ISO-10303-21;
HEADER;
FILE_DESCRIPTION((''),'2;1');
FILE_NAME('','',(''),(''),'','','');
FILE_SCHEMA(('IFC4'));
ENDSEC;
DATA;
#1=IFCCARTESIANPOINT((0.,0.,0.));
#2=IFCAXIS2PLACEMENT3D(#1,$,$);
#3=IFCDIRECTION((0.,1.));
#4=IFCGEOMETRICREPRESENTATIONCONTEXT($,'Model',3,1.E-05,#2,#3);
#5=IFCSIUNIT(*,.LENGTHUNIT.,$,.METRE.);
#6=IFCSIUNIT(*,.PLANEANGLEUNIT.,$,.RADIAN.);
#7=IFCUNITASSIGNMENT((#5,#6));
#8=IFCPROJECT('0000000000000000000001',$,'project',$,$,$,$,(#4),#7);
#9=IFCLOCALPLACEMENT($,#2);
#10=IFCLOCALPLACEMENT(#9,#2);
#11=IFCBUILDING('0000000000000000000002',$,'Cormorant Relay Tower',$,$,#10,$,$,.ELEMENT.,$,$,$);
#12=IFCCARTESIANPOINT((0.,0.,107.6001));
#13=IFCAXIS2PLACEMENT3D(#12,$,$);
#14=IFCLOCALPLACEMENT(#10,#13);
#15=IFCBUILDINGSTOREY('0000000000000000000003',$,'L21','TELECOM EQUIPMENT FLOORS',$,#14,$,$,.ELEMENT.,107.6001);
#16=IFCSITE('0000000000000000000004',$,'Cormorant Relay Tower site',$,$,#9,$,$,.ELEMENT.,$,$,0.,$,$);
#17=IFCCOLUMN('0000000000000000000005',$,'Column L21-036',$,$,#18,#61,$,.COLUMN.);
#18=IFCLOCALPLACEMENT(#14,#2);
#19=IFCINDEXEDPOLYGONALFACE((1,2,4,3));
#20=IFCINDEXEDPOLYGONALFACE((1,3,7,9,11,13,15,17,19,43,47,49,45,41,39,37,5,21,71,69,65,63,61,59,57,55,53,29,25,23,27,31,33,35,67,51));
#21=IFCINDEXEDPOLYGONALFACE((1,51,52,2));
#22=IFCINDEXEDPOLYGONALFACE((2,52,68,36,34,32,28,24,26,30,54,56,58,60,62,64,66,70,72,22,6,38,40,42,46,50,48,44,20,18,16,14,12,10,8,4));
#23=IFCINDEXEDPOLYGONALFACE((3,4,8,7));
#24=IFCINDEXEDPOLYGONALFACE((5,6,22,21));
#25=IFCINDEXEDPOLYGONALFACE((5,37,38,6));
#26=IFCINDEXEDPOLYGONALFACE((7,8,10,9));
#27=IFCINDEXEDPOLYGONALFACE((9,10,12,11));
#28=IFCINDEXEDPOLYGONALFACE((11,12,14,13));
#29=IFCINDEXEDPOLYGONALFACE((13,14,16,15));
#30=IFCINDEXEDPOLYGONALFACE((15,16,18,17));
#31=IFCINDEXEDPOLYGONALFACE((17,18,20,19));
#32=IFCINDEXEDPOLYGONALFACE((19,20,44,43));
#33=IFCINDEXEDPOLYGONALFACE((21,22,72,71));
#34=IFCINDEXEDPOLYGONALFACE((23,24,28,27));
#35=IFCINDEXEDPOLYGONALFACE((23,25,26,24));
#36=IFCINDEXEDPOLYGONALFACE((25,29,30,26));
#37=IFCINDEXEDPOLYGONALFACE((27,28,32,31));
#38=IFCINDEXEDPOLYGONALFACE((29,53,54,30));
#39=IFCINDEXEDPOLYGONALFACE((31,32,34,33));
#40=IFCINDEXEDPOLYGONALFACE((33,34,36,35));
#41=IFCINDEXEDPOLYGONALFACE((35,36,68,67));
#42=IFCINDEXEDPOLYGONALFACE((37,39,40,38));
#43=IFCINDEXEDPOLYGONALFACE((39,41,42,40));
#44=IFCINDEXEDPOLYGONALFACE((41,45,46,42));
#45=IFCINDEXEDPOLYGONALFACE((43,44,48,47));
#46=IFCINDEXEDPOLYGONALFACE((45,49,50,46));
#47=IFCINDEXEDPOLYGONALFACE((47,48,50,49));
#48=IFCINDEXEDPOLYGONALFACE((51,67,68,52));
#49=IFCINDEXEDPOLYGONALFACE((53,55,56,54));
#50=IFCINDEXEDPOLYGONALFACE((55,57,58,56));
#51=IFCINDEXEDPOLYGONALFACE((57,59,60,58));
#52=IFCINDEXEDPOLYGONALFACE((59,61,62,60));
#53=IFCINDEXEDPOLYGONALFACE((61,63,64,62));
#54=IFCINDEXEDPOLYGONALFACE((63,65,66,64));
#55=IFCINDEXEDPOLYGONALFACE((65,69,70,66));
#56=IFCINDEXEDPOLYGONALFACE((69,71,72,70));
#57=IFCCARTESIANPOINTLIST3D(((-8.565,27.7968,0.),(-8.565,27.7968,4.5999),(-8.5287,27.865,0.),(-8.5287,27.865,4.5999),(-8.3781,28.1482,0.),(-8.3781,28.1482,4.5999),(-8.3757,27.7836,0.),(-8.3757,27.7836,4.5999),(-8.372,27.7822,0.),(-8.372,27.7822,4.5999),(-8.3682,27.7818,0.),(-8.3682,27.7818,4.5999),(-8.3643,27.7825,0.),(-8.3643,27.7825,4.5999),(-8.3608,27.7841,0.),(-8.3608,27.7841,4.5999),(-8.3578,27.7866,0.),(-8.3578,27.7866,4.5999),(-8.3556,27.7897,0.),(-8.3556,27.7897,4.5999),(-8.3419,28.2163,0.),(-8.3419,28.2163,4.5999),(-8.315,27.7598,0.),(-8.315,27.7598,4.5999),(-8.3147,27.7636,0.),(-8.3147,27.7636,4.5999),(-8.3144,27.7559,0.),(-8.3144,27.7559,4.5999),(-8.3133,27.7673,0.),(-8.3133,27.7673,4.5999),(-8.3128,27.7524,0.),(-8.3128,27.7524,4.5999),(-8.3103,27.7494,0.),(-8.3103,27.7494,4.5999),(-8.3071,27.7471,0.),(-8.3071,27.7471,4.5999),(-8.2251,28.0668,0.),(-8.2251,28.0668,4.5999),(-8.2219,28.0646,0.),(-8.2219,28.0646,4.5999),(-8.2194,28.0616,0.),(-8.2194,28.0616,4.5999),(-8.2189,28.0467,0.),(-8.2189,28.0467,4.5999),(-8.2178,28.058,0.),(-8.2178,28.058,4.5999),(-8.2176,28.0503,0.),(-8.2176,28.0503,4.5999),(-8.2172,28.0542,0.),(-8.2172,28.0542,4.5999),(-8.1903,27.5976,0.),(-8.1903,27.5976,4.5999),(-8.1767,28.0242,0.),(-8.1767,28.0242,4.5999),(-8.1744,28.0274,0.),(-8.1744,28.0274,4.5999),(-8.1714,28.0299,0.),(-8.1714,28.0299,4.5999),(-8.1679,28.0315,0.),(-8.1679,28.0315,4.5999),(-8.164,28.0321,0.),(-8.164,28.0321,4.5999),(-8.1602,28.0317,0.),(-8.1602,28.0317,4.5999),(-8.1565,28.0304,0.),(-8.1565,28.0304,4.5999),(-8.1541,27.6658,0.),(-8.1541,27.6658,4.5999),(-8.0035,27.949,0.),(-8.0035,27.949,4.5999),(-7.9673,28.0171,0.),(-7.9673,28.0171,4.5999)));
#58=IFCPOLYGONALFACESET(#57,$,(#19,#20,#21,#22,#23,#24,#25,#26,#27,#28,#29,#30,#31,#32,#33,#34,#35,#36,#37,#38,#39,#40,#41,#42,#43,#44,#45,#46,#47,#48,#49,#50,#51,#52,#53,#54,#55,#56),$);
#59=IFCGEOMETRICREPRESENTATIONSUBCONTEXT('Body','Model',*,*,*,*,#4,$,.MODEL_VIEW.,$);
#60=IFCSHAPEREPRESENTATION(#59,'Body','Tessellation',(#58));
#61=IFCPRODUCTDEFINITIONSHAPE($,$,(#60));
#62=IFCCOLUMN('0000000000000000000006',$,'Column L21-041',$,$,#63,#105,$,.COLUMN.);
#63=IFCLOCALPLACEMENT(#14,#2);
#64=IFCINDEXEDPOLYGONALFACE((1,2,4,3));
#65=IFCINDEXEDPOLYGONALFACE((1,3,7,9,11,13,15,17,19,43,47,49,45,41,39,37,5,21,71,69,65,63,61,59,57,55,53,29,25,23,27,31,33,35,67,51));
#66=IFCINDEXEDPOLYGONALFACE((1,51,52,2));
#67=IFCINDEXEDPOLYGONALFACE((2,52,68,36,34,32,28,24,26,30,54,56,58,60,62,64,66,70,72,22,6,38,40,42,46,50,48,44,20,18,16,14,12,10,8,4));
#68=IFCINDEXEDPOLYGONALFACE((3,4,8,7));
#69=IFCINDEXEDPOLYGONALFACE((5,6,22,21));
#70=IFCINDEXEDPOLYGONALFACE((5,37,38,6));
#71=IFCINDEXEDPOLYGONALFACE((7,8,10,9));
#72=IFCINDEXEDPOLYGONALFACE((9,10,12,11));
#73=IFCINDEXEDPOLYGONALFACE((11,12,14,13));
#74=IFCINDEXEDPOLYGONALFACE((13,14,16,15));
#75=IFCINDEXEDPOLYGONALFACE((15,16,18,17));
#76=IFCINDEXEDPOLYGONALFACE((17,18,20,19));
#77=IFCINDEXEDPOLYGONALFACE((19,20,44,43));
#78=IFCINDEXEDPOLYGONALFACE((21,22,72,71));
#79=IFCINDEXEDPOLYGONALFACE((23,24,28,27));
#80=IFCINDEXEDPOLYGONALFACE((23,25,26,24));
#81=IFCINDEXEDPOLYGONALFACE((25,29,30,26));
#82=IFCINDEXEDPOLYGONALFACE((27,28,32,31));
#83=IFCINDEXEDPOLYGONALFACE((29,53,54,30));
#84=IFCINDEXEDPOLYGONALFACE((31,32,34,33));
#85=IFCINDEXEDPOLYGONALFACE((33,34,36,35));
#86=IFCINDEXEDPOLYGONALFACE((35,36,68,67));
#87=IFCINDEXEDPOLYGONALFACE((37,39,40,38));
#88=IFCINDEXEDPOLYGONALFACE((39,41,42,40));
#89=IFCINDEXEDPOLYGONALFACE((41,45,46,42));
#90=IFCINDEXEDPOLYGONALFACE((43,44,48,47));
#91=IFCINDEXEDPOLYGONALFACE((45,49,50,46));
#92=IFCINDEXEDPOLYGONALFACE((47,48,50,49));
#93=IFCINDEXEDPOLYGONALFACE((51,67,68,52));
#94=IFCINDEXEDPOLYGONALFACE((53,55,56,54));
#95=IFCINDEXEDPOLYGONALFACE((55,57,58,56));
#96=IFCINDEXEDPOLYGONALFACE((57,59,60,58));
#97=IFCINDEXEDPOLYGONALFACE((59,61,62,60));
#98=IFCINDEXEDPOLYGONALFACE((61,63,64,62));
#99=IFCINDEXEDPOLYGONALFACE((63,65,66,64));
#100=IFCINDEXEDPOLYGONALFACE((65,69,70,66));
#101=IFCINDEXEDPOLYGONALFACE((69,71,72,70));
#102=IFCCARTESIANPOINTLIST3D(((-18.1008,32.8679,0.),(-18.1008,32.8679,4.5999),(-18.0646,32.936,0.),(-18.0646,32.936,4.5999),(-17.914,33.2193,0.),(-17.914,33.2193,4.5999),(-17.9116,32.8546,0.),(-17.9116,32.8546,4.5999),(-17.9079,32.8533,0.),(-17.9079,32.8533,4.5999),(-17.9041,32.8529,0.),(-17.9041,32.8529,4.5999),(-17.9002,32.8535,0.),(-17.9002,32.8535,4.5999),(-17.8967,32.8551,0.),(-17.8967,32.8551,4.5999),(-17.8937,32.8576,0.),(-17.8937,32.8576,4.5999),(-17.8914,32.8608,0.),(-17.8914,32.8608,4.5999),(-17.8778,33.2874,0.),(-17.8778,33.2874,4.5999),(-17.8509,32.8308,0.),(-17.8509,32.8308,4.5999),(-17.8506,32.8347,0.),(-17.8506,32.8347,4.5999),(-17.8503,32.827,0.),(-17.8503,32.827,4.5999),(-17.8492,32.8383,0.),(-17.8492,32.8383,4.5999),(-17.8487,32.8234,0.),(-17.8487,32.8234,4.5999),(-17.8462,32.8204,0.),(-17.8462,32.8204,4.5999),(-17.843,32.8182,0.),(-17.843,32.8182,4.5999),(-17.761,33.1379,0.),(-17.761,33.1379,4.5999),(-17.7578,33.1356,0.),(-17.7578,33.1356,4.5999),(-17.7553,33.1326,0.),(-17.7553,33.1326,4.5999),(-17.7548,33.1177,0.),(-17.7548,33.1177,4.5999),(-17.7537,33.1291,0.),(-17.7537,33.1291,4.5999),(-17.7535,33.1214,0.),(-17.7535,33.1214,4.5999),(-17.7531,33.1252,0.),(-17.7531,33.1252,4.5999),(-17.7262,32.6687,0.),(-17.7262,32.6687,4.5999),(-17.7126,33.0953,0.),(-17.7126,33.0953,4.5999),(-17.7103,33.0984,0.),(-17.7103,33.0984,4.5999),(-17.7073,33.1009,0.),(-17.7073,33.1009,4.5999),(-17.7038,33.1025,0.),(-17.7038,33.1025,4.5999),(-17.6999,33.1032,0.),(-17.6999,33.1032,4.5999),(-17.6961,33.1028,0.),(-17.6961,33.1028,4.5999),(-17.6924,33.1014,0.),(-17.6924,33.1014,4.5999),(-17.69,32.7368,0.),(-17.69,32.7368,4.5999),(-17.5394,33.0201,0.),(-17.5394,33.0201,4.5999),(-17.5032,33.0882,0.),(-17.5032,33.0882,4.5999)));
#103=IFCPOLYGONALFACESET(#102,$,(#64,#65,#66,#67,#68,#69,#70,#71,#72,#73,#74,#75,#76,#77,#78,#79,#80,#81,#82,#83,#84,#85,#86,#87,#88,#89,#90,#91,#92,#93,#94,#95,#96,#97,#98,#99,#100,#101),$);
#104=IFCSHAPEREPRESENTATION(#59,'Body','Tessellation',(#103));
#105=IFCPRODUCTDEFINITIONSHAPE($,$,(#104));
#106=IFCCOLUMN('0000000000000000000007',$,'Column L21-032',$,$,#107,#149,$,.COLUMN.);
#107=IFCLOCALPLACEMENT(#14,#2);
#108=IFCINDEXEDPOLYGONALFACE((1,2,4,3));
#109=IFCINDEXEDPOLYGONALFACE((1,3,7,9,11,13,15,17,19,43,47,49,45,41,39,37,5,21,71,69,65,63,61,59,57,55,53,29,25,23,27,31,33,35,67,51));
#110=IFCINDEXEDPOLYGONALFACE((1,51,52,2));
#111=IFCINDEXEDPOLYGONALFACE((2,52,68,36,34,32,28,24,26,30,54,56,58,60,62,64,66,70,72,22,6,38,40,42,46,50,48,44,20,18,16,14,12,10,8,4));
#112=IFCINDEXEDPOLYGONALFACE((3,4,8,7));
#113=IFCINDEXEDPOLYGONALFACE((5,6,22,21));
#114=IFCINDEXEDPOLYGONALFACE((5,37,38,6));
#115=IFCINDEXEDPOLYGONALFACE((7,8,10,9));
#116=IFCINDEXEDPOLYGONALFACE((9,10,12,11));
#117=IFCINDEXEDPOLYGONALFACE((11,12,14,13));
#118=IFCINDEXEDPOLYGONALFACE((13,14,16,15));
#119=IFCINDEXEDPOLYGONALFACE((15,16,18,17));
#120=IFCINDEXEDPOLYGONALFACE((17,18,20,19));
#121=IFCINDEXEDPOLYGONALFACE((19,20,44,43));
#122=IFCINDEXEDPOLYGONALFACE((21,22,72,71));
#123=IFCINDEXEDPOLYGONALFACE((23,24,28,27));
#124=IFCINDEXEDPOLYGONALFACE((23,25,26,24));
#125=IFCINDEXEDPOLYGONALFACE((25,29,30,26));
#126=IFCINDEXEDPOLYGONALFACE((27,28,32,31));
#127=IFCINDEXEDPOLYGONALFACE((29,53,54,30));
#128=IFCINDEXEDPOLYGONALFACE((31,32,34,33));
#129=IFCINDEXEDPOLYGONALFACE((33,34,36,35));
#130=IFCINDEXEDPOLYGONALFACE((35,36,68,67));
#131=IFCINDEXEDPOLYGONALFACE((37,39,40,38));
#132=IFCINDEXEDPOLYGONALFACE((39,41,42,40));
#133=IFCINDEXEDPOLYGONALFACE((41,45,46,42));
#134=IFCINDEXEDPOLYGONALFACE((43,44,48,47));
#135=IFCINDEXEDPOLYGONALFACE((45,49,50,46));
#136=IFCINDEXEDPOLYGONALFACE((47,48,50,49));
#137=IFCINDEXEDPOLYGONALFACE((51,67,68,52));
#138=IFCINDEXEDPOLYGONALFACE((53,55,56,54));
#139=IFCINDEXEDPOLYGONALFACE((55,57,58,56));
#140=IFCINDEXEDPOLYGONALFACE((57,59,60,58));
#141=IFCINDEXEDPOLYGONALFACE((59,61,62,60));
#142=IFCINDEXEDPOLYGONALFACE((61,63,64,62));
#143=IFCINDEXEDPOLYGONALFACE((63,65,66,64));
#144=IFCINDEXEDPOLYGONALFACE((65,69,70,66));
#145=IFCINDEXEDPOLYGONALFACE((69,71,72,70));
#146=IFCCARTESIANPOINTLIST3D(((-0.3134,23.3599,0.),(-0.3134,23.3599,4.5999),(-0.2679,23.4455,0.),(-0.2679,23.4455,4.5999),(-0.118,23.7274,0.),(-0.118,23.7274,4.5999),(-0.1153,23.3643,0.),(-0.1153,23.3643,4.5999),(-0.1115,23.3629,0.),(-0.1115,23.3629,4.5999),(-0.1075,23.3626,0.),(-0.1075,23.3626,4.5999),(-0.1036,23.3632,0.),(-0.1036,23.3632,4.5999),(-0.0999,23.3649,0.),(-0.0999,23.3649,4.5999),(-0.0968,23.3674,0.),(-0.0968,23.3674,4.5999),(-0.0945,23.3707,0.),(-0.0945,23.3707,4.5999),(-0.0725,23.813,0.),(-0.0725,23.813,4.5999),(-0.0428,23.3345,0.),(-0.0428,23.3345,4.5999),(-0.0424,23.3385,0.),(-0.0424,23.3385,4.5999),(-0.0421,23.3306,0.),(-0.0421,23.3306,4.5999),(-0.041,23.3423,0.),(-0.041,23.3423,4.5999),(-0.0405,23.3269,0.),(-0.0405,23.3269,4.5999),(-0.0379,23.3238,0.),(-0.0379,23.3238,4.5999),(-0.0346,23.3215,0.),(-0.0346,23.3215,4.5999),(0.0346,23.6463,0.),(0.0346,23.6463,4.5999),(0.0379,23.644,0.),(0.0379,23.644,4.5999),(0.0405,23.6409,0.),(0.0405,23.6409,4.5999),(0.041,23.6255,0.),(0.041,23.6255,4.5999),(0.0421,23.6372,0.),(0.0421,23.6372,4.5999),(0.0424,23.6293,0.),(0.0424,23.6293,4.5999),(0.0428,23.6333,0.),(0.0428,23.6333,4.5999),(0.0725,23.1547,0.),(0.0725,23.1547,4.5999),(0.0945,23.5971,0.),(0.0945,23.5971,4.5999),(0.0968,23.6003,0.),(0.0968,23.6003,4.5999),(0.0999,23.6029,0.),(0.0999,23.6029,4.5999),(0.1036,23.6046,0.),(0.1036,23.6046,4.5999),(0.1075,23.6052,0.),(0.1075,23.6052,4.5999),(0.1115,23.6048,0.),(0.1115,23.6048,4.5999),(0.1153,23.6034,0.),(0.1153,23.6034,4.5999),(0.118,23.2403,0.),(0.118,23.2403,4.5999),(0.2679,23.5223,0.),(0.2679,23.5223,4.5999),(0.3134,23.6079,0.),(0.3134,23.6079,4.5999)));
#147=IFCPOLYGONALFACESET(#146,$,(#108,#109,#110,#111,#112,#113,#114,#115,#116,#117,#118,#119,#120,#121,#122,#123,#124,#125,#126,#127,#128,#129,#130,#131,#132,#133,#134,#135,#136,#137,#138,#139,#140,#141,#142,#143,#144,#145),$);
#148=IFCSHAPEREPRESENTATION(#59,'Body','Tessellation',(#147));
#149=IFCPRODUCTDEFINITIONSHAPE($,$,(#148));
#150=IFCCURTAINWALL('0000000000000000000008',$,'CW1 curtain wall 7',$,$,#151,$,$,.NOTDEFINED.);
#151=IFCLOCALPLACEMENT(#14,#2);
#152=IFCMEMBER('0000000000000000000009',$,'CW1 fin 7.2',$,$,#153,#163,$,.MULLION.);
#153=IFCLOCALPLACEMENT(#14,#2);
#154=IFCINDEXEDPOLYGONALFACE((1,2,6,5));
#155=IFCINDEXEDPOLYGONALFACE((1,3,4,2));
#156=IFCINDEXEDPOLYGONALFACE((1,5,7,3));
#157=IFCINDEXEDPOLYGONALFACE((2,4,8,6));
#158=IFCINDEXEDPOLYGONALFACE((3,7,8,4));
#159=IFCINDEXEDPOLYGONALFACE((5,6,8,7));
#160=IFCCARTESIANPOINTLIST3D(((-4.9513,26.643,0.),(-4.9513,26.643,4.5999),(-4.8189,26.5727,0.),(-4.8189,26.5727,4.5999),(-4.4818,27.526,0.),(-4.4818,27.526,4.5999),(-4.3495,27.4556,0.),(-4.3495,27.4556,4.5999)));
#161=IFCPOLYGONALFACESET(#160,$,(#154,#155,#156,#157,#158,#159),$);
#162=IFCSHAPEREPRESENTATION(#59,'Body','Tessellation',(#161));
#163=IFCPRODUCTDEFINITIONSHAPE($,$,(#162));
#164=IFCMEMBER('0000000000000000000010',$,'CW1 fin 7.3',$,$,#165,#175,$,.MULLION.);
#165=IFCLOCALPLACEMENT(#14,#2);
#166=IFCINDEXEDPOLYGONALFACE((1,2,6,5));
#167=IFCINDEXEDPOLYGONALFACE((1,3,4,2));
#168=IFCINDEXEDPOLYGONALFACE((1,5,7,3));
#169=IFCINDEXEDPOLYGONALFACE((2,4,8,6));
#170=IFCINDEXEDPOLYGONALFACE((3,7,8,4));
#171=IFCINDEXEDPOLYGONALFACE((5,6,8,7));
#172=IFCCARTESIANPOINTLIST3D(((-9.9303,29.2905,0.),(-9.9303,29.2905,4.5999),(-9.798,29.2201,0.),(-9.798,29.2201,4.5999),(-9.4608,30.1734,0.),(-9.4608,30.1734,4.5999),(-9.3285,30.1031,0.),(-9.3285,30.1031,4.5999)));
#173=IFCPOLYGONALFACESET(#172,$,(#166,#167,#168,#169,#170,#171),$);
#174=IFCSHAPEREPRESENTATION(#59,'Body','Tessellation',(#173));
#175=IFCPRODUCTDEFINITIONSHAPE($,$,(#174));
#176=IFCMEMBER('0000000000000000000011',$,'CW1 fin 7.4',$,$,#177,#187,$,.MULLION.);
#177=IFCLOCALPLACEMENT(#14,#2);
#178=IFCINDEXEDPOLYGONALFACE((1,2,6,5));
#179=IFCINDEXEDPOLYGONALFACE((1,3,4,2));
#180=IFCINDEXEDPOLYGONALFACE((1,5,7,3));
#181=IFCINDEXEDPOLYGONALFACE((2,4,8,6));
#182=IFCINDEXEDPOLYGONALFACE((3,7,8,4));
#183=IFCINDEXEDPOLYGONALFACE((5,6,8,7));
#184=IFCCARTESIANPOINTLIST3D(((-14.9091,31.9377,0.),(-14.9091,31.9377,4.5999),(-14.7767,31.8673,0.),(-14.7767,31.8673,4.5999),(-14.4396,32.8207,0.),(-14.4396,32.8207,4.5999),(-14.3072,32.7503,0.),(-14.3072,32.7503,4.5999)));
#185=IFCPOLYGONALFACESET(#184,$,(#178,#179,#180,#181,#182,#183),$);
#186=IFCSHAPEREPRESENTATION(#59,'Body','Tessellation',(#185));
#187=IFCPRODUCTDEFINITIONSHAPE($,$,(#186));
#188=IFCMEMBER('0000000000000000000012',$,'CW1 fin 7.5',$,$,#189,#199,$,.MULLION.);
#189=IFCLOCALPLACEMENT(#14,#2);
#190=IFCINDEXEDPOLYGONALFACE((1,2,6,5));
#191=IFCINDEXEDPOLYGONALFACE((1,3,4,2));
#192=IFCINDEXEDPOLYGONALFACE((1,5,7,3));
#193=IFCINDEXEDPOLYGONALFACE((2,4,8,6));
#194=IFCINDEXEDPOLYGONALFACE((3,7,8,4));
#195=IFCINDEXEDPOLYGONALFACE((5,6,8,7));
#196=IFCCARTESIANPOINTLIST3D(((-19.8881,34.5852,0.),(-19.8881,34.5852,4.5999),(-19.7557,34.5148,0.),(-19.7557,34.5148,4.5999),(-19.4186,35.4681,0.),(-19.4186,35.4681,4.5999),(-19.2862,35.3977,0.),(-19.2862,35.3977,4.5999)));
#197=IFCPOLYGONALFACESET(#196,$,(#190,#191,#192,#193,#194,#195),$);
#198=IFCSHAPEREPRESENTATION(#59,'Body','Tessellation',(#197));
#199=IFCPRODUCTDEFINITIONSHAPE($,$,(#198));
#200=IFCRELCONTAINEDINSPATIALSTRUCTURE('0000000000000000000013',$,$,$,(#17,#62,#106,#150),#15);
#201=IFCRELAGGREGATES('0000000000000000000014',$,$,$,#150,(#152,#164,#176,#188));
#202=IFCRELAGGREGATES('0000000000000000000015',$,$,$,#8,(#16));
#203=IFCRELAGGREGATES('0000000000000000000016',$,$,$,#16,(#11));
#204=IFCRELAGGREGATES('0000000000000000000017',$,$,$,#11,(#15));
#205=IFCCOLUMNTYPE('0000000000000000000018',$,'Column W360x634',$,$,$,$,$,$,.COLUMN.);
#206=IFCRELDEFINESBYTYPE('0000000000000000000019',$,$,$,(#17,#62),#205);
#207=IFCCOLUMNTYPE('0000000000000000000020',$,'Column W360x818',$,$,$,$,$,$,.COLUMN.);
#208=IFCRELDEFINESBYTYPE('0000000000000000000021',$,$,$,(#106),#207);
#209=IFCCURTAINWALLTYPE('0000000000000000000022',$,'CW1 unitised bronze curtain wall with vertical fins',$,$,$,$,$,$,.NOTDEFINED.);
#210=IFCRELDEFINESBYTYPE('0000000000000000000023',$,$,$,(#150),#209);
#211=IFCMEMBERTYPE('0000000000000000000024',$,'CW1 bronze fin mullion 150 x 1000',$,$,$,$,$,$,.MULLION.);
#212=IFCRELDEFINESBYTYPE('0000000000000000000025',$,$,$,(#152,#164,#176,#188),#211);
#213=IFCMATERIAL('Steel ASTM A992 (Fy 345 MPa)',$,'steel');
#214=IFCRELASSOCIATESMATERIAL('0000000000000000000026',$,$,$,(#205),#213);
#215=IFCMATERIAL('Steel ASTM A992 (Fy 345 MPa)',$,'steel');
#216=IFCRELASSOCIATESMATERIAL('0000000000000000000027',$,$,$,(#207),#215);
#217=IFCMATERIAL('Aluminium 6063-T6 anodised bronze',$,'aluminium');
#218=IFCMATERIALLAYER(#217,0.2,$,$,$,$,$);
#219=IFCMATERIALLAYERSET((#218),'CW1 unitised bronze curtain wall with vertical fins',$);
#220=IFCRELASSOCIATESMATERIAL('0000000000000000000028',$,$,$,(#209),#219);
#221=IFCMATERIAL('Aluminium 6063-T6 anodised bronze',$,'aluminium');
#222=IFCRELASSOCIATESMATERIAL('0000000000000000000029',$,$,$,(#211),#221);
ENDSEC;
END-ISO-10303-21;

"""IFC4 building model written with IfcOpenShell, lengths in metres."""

from ifc_helpers import new_model, si_unit, direction, frame, origin, origin_2d, place, context, subcontext, project, spatial, rectangle, i_section, extrude, material, layer, layer_set, material_profile, profile_set, type_object, element, aggregate, save


model = new_model("IFC4")

# Units and contexts
model_context = context("Model", 3, precision=1e-05, world=origin(), true_north=direction((0.0, 1.0)))
body_context = subcontext(model_context, "Body", "Model", "MODEL_VIEW")
ifc_project = project(units=[si_unit("LENGTHUNIT", "METRE"), si_unit("PLANEANGLEUNIT", "RADIAN")], contexts=[model_context])

# Site, building, storey
site_placement = place(None, origin())
site = spatial("IfcSite", under=ifc_project, at=site_placement, Name="Cormorant Relay Tower site", CompositionType="ELEMENT", RefElevation=0.0)
building_placement = place(site_placement, origin())
building = spatial("IfcBuilding", under=site, at=building_placement, Name="Cormorant Relay Tower", CompositionType="ELEMENT")
storey_placement = place(building_placement, frame((0.0, 0.0, 107.6001)))
storey = spatial("IfcBuildingStorey", under=building, at=storey_placement, Name="L21", Description="TELECOM EQUIPMENT FLOORS", CompositionType="ELEMENT", Elevation=107.6001)

# Columns
ifc_material_1 = material(Name="Steel ASTM A992 (Fy 345 MPa)", Category="steel")
ifc_material_profile_1 = material_profile(ifc_material_1, i_section(OverallWidth=0.4243, OverallDepth=0.4751, WebThickness=0.0479, FlangeThickness=0.0771, FilletRadius=0.0149, at=origin_2d()), Name="W360x634")
ifc_profile_set_1 = profile_set([ifc_material_profile_1], Name="Steel ASTM A992 (Fy 345 MPa)")
column_type_1 = type_object("IfcColumnType", Name="Column W360x634", PredefinedType="COLUMN", material=ifc_profile_set_1)
for number, where, z_axis, x_axis, name in (
    (1, (-8.2661, 27.907, 0.0), (0.0, 0.0, 1.0), (-0.882948, 0.469472, 0.0), "Column L21-036"),
    (2, (-17.802, 32.978, 0.0), (0.0, 0.0, 1.0), (-0.882948, 0.469472, 0.0), "Column L21-041"),
):
    element("IfcColumn", number, at=place(storey_placement, frame(where, z_axis=z_axis, x_axis=x_axis)), inside=storey, type_object=column_type_1, Name=name, PredefinedType="COLUMN", context=body_context, shape_type="SweptSolid", body=[
        extrude(i_section(OverallWidth=0.4243, OverallDepth=0.4751, WebThickness=0.0479, FlangeThickness=0.0771, FilletRadius=0.0149, at=origin_2d()), origin(), (0.0, 0.0, 1.0), 4.5999),
    ])
ifc_material_2 = material(Name="Steel ASTM A992 (Fy 345 MPa)", Category="steel")
ifc_material_profile_2 = material_profile(ifc_material_2, i_section(OverallWidth=0.437, OverallDepth=0.5132, WebThickness=0.0605, FlangeThickness=0.0969, FilletRadius=0.0154, at=origin_2d()), Name="W360x818")
ifc_profile_set_2 = profile_set([ifc_material_profile_2], Name="Steel ASTM A992 (Fy 345 MPa)")
column_type_2 = type_object("IfcColumnType", Name="Column W360x818", PredefinedType="COLUMN", material=ifc_profile_set_2)
column_placement = place(storey_placement, frame((0.0, 23.4839, 0.0), z_axis=(0.0, 0.0, 1.0), x_axis=(-0.882948, 0.469472, 0.0)))
element("IfcColumn", 3, at=column_placement, inside=storey, type_object=column_type_2, Name="Column L21-032", PredefinedType="COLUMN", context=body_context, shape_type="SweptSolid", body=[
    extrude(i_section(OverallWidth=0.437, OverallDepth=0.5132, WebThickness=0.0605, FlangeThickness=0.0969, FilletRadius=0.0154, at=origin_2d()), origin(), (0.0, 0.0, 1.0), 4.5999),
])

# Curtain wall, members
ifc_material_3 = material(Name="Aluminium 6063-T6 anodised bronze", Category="aluminium")
ifc_layer_1 = layer(ifc_material_3, 0.2)
ifc_layer_set_1 = layer_set([ifc_layer_1], Name="CW1 unitised bronze curtain wall with vertical fins")
curtain_wall_type = type_object("IfcCurtainWallType", Name="CW1 unitised bronze curtain wall with vertical fins", PredefinedType="NOTDEFINED", material=ifc_layer_set_1)
curtain_wall_placement = place(storey_placement, origin())
curtain_wall = element("IfcCurtainWall", 4, at=curtain_wall_placement, inside=storey, type_object=curtain_wall_type, Name="CW1 curtain wall 7", PredefinedType="NOTDEFINED")
ifc_material_4 = material(Name="Aluminium 6063-T6 anodised bronze", Category="aluminium")
ifc_material_profile_3 = material_profile(ifc_material_4, rectangle(XDim=0.1499, YDim=1.0, at=origin_2d()), Name="AL 150x1000")
ifc_profile_set_3 = profile_set([ifc_material_profile_3], Name="Aluminium 6063-T6 anodised bronze")
member_type = type_object("IfcMemberType", Name="CW1 bronze fin mullion 150 x 1000", PredefinedType="MULLION", material=ifc_profile_set_3)
member_1_placement = place(storey_placement, frame((-4.6504, 27.0493, 0.0), z_axis=(0.0, 0.0, 1.0), x_axis=(-0.882948, 0.469472, 0.0)))
member_1 = element("IfcMember", 5, at=member_1_placement, type_object=member_type, Name="CW1 fin 7.2", PredefinedType="MULLION", context=body_context, shape_type="SweptSolid", body=[
    extrude(rectangle(XDim=0.1499, YDim=1.0, at=origin_2d()), origin(), (0.0, 0.0, 1.0), 4.5999),
])
member_2_placement = place(storey_placement, frame((-9.6294, 29.6968, 0.0), z_axis=(0.0, 0.0, 1.0), x_axis=(-0.882948, 0.469472, 0.0)))
member_2 = element("IfcMember", 6, at=member_2_placement, type_object=member_type, Name="CW1 fin 7.3", PredefinedType="MULLION", context=body_context, shape_type="SweptSolid", body=[
    extrude(rectangle(XDim=0.1499, YDim=1.0, at=origin_2d()), origin(), (0.0, 0.0, 1.0), 4.5999),
])
member_3_placement = place(storey_placement, frame((-14.6082, 32.344, 0.0), z_axis=(0.0, 0.0, 1.0), x_axis=(-0.882948, 0.469472, 0.0)))
member_3 = element("IfcMember", 7, at=member_3_placement, type_object=member_type, Name="CW1 fin 7.4", PredefinedType="MULLION", context=body_context, shape_type="SweptSolid", body=[
    extrude(rectangle(XDim=0.1499, YDim=1.0, at=origin_2d()), origin(), (0.0, 0.0, 1.0), 4.5999),
])
member_4_placement = place(storey_placement, frame((-19.5872, 34.9915, 0.0), z_axis=(0.0, 0.0, 1.0), x_axis=(-0.882948, 0.469472, 0.0)))
member_4 = element("IfcMember", 8, at=member_4_placement, type_object=member_type, Name="CW1 fin 7.5", PredefinedType="MULLION", context=body_context, shape_type="SweptSolid", body=[
    extrude(rectangle(XDim=0.1499, YDim=1.0, at=origin_2d()), origin(), (0.0, 0.0, 1.0), 4.5999),
])

aggregate(curtain_wall, [member_1, member_2, member_3, member_4])

save(model, "model.ifc")
